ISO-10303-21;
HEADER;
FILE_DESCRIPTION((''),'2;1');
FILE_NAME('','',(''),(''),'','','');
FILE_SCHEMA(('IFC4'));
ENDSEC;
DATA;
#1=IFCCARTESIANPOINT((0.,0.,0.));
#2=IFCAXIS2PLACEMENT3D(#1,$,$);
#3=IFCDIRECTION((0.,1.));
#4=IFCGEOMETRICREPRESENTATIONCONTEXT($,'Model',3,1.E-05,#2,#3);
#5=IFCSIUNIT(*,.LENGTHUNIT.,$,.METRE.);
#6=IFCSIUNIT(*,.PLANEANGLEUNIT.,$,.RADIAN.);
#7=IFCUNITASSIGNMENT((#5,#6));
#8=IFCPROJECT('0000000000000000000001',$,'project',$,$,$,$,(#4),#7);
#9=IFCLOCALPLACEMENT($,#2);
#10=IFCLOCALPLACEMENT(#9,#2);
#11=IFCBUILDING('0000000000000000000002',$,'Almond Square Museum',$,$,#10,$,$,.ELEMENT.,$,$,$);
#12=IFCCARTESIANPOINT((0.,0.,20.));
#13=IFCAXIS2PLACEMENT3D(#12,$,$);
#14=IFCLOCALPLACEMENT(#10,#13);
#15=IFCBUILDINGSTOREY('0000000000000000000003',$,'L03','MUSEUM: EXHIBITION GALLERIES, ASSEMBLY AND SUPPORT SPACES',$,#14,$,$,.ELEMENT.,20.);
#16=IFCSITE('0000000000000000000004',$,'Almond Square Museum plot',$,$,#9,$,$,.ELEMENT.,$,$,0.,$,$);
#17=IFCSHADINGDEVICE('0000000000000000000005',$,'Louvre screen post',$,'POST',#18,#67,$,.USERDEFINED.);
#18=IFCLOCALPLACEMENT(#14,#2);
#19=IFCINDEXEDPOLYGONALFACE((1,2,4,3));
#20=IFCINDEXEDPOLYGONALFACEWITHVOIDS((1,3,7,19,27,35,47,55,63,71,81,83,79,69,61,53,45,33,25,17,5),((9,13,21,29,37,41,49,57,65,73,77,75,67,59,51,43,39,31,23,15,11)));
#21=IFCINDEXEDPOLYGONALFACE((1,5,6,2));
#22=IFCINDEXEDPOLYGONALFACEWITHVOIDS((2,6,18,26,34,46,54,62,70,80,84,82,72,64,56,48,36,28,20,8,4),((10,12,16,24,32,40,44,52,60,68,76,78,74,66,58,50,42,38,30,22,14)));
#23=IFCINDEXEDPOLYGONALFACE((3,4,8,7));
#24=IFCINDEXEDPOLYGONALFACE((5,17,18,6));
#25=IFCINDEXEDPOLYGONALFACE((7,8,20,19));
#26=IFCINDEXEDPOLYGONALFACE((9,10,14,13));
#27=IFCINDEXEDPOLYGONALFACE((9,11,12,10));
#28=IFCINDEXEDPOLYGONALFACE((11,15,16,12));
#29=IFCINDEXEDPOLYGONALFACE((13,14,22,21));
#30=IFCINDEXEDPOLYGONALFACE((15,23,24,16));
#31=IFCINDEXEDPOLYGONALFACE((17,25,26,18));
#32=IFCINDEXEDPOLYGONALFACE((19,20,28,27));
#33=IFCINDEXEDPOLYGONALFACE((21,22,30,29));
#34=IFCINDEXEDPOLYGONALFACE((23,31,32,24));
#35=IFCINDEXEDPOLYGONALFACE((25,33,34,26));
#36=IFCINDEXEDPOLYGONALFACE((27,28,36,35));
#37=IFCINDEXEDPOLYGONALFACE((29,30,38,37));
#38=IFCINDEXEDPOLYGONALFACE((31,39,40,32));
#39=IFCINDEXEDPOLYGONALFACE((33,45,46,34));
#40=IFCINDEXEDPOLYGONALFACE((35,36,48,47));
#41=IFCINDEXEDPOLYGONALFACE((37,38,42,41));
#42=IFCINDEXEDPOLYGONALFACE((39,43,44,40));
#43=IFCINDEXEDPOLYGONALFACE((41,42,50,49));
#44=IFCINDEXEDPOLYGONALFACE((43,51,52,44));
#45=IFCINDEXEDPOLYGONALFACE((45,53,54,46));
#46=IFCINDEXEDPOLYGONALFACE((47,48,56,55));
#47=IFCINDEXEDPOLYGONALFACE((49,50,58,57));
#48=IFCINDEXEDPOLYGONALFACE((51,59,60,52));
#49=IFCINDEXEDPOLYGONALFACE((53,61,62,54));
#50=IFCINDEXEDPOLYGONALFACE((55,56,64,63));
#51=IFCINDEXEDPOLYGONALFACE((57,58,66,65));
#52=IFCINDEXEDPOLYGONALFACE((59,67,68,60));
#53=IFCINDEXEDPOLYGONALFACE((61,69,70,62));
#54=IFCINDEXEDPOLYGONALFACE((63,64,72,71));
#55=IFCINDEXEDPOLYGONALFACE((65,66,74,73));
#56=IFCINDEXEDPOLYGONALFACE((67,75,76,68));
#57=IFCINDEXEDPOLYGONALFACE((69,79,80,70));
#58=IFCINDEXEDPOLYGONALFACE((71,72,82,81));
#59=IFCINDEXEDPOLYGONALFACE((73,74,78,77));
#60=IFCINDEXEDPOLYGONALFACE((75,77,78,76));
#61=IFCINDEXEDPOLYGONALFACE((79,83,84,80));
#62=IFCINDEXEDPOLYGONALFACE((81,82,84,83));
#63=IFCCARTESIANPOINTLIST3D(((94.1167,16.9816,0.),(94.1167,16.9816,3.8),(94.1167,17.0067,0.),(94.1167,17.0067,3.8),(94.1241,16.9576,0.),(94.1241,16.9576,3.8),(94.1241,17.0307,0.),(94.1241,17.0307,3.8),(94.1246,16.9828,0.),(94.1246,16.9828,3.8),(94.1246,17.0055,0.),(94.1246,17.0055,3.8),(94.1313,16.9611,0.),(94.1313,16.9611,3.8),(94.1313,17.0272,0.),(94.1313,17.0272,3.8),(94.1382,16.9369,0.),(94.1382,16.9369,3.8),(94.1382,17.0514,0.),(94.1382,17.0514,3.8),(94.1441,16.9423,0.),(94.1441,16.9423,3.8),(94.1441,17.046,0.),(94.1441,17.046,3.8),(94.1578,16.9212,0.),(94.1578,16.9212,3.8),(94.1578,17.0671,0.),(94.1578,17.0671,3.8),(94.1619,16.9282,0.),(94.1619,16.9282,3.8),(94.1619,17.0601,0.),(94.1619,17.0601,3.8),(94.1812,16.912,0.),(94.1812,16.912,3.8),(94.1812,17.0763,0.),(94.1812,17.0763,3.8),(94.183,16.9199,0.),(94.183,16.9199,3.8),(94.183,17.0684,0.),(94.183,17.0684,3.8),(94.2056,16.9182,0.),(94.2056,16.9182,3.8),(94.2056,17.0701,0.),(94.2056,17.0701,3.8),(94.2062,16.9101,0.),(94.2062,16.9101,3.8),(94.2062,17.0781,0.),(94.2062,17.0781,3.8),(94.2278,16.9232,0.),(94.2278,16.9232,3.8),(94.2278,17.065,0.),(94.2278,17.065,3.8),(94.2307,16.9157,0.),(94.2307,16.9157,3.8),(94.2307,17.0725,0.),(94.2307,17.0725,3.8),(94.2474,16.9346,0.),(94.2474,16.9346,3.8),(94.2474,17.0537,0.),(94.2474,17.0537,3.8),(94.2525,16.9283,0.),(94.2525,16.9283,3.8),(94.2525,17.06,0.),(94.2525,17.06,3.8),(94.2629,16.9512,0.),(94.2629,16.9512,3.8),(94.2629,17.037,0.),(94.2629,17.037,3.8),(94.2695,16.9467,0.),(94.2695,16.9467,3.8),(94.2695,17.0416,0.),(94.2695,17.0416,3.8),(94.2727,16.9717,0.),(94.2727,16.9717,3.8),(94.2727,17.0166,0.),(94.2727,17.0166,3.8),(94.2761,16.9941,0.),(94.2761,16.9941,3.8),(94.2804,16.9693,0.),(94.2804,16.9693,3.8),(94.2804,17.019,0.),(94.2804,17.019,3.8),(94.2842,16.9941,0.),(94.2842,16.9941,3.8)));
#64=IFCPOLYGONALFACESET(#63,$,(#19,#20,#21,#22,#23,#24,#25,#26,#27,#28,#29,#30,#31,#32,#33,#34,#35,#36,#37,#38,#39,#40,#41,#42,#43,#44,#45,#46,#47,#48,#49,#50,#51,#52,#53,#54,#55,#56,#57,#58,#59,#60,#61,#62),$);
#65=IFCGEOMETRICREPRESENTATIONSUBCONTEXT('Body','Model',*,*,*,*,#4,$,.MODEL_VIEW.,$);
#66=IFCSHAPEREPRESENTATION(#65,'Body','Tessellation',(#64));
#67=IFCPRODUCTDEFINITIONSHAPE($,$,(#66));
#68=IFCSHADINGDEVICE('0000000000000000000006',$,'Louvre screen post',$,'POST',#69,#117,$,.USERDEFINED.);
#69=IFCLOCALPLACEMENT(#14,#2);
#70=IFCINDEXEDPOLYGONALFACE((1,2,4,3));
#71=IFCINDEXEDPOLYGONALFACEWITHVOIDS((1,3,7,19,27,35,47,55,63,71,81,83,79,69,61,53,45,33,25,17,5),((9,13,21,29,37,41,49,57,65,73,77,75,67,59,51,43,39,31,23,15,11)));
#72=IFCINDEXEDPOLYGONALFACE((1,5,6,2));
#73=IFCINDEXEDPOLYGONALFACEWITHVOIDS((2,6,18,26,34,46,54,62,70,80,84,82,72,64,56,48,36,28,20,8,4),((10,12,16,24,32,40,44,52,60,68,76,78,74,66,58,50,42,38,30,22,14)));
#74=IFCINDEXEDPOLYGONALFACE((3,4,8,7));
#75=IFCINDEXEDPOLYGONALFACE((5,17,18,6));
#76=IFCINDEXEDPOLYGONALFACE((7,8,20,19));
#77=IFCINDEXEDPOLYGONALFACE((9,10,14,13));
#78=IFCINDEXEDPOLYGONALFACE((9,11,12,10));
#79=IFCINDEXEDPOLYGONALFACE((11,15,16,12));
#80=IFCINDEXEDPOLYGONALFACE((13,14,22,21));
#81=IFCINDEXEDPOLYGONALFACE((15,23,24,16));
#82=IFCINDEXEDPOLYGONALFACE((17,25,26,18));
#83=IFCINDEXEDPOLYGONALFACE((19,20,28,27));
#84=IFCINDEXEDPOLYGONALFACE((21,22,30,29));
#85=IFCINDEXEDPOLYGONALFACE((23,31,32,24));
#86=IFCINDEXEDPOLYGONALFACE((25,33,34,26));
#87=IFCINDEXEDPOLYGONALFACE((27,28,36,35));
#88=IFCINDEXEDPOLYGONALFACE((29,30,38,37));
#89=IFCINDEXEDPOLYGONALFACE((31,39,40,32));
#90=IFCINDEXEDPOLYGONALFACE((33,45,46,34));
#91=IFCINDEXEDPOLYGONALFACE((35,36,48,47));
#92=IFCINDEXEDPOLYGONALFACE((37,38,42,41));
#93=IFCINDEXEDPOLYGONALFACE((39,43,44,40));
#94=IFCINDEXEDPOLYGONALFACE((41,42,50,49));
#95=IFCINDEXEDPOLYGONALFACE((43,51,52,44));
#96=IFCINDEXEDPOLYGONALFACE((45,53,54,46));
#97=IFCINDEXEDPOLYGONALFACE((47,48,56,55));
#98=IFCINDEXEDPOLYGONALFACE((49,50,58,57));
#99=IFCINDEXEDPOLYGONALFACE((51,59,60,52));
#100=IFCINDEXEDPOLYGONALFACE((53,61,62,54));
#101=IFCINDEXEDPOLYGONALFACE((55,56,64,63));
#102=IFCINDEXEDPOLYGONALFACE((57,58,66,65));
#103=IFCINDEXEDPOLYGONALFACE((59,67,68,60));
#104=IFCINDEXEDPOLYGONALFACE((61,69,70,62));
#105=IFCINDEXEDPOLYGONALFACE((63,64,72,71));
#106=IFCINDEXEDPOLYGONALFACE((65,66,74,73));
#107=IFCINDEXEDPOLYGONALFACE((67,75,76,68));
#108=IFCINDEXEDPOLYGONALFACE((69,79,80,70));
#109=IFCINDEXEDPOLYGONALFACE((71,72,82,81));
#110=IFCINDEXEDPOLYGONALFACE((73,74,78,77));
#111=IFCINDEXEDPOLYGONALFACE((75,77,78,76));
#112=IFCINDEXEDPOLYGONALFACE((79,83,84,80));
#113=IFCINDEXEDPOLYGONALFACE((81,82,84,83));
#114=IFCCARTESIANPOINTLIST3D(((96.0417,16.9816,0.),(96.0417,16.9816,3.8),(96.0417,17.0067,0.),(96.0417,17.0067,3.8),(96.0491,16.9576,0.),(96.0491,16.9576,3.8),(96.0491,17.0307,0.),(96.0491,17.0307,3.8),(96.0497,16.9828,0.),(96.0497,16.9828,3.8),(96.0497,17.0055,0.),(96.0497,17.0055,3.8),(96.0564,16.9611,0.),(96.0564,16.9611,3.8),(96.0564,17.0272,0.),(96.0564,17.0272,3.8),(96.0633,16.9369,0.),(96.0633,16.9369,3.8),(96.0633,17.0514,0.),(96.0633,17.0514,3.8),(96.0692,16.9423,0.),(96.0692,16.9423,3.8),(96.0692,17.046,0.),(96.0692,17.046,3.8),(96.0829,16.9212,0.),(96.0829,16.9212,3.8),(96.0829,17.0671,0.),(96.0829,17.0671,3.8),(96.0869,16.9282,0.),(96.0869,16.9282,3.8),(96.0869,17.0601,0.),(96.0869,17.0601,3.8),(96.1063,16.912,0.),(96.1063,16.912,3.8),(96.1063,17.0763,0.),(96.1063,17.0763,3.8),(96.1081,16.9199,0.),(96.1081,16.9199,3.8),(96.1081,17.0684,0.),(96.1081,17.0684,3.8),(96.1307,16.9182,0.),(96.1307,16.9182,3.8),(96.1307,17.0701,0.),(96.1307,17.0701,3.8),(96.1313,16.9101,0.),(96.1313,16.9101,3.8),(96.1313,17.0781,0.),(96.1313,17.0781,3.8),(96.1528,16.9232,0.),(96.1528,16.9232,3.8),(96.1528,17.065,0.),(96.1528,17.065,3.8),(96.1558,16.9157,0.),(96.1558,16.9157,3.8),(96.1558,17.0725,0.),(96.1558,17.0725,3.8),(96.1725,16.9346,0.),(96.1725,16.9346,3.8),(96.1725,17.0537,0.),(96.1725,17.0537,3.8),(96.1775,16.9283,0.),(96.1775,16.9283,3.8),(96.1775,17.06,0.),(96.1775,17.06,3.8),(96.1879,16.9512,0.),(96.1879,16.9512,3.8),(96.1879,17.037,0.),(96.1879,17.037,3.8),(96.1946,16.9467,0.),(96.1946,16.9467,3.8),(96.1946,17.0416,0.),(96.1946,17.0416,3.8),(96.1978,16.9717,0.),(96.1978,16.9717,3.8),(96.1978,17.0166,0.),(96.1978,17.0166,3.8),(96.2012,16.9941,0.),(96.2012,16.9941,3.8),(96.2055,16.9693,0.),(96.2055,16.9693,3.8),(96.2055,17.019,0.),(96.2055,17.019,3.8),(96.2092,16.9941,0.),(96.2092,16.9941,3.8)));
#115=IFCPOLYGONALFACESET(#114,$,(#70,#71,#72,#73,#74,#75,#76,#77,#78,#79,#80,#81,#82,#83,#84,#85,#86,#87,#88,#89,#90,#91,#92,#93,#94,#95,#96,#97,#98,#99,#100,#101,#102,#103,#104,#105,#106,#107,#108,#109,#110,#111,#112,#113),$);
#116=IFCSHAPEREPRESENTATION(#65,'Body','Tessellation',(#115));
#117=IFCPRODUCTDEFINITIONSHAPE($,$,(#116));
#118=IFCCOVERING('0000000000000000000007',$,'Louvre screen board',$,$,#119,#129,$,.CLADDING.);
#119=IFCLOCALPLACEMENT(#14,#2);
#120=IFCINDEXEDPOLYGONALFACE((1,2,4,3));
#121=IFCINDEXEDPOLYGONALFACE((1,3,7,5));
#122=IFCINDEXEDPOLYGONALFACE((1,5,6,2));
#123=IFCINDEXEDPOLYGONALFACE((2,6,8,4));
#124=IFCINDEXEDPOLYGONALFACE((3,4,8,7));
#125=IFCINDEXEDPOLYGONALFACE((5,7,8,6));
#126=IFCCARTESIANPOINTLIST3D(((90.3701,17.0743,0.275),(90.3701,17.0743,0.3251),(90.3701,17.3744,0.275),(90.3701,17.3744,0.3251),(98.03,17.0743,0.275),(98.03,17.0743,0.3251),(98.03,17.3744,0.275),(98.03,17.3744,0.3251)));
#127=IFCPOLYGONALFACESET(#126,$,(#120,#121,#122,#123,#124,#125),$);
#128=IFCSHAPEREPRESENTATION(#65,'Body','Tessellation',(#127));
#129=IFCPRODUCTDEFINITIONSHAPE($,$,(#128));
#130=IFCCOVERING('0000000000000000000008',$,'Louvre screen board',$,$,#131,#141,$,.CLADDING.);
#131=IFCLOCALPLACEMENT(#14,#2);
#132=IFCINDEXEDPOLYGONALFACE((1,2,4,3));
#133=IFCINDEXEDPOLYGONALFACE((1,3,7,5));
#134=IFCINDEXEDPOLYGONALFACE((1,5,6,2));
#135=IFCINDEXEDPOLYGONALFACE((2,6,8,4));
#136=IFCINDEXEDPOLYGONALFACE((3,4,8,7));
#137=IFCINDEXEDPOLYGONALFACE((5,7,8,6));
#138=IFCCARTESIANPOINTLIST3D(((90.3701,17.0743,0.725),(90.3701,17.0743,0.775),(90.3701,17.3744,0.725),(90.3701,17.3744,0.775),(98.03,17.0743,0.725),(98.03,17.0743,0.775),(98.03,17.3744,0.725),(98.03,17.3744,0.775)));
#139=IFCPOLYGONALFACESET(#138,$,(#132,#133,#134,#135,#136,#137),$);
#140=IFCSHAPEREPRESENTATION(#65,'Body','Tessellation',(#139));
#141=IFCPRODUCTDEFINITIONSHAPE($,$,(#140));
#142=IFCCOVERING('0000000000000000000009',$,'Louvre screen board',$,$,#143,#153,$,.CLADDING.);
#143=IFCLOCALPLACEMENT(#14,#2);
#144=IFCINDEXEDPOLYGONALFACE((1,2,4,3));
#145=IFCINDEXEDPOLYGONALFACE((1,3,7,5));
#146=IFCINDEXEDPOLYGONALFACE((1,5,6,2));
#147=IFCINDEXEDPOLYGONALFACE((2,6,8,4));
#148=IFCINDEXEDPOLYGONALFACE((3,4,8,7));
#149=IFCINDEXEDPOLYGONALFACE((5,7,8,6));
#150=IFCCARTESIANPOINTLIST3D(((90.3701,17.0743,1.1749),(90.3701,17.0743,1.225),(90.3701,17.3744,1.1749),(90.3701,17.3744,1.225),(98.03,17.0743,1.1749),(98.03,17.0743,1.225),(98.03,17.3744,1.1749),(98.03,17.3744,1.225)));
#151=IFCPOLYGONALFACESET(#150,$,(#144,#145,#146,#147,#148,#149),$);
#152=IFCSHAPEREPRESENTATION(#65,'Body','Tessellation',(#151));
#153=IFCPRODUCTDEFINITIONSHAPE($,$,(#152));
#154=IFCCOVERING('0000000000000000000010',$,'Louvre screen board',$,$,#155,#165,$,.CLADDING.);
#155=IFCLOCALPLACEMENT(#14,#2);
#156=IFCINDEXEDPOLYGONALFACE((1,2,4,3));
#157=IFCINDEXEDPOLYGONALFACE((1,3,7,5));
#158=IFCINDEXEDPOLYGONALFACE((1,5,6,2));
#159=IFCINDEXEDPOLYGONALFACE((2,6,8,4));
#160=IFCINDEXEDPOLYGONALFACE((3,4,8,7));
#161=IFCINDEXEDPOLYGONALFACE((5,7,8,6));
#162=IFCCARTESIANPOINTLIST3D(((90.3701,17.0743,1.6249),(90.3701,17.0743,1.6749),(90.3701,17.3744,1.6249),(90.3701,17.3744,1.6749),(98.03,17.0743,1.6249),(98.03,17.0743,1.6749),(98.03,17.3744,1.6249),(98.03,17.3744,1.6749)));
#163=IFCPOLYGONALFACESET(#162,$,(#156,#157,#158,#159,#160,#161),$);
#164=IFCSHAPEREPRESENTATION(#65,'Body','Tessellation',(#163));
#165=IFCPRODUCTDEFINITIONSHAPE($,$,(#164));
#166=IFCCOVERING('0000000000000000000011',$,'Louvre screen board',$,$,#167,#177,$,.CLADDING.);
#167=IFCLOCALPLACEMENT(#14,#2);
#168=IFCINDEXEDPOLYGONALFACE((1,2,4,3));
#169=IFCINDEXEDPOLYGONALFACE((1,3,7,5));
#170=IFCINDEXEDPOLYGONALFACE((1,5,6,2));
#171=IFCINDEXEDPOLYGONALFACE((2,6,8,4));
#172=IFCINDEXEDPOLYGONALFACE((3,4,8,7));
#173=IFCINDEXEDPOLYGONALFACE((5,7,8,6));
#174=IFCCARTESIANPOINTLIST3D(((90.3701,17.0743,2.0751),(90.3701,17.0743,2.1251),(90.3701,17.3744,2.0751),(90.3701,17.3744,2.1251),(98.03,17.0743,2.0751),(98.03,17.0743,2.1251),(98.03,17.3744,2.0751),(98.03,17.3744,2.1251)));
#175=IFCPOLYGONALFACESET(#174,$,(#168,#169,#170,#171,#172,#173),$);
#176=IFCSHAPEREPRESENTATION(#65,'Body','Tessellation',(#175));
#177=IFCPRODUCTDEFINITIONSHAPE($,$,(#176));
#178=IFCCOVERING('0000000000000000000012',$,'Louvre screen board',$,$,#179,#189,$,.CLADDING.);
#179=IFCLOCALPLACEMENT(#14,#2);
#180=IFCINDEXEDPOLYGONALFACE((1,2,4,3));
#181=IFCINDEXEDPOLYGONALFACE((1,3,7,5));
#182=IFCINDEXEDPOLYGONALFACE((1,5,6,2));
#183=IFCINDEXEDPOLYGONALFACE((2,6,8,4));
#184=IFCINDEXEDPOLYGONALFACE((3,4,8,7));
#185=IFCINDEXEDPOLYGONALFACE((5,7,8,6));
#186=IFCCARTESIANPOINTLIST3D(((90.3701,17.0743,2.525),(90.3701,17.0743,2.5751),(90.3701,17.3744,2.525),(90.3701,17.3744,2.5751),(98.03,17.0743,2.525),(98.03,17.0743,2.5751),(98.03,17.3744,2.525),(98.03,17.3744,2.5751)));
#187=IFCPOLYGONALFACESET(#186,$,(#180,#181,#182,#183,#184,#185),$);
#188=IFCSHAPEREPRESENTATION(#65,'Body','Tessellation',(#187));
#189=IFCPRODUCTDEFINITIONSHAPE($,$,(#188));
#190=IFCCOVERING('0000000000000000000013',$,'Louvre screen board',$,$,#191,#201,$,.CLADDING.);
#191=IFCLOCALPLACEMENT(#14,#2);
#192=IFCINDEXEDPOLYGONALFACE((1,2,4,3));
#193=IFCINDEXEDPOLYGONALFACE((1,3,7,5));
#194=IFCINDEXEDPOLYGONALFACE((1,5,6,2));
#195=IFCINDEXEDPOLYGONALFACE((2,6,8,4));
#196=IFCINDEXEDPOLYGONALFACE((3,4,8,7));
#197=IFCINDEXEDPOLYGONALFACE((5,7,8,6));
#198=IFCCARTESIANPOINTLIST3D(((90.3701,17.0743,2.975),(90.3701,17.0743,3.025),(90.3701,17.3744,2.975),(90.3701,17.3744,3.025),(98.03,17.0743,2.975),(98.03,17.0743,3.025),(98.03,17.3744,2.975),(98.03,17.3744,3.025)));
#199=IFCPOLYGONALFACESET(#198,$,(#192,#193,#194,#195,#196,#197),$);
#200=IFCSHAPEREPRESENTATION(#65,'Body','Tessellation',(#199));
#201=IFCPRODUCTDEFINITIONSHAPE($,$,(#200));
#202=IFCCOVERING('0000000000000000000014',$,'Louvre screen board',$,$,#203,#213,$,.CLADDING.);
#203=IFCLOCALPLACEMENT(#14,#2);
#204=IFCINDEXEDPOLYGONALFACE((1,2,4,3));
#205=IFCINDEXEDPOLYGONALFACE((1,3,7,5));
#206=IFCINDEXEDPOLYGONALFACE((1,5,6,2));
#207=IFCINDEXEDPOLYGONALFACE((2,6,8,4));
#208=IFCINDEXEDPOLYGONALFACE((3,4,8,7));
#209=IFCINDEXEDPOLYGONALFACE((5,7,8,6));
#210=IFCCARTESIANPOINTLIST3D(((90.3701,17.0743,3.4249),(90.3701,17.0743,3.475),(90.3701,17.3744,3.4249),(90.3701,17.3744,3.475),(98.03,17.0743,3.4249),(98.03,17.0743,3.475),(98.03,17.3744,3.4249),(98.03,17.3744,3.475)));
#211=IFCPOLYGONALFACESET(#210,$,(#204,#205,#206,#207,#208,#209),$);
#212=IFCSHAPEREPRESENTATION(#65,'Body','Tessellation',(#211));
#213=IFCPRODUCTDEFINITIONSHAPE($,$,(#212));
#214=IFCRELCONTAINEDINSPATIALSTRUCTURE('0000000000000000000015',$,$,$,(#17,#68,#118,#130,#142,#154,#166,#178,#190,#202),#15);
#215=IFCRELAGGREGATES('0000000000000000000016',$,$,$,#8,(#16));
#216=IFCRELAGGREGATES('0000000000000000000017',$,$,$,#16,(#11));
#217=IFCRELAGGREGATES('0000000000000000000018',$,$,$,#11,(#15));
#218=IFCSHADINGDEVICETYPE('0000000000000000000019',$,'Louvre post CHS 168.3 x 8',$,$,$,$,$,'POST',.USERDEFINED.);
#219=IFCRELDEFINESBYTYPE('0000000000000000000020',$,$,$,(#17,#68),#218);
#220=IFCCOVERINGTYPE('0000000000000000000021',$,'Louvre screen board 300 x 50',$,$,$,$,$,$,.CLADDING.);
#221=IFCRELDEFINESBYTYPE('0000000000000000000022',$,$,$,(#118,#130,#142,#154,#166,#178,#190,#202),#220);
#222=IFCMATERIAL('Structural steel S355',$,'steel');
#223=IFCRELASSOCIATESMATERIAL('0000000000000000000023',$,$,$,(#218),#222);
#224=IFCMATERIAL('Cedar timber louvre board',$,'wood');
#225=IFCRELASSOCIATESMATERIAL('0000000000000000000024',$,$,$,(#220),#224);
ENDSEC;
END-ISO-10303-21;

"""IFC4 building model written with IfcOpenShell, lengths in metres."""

from ifc_helpers import new_model, si_unit, direction, frame, origin, origin_2d, place, context, subcontext, project, spatial, rectangle, hollow_circle, extrude, material, material_profile, profile_set, type_object, element, save


model = new_model("IFC4")

# Units and contexts
model_context = context("Model", 3, precision=1e-05, world=origin(), true_north=direction((0.0, 1.0)))
body_context = subcontext(model_context, "Body", "Model", "MODEL_VIEW")
ifc_project = project(units=[si_unit("LENGTHUNIT", "METRE"), si_unit("PLANEANGLEUNIT", "RADIAN")], contexts=[model_context])

# Site, building, storey
site_placement = place(None, origin())
site = spatial("IfcSite", under=ifc_project, at=site_placement, Name="Almond Square Museum plot", CompositionType="ELEMENT", RefElevation=0.0)
building_placement = place(site_placement, origin())
building = spatial("IfcBuilding", under=site, at=building_placement, Name="Almond Square Museum", CompositionType="ELEMENT")
storey_placement = place(building_placement, frame((0.0, 0.0, 20.0)))
storey = spatial("IfcBuildingStorey", under=building, at=storey_placement, Name="L03", Description="MUSEUM: EXHIBITION GALLERIES, ASSEMBLY AND SUPPORT SPACES", CompositionType="ELEMENT", Elevation=20.0)

# Shading devices
ifc_material_1 = material(Name="Structural steel S355", Category="steel")
ifc_material_profile_1 = material_profile(ifc_material_1, hollow_circle(Radius=0.0842, WallThickness=0.0081, at=origin_2d()))
ifc_profile_set_1 = profile_set([ifc_material_profile_1], Name="Structural steel S355")
shading_device_type = type_object("IfcShadingDeviceType", Name="Louvre post CHS 168.3 x 8", ElementType="POST", PredefinedType="USERDEFINED", material=ifc_profile_set_1)
for number, where, z_axis, x_axis, name in (
    (1, (94.2, 16.9941, 0.0), (0.0, 0.0, 1.0), (1.0, 0.0, 0.0), "Louvre screen post"),
    (2, (96.125, 16.9941, 0.0), (0.0, 0.0, 1.0), (1.0, 0.0, 0.0), "Louvre screen post"),
):
    element("IfcShadingDevice", number, at=place(storey_placement, frame(where, z_axis=z_axis, x_axis=x_axis)), inside=storey, type_object=shading_device_type, Name=name, ObjectType="POST", PredefinedType="USERDEFINED", context=body_context, shape_type="SweptSolid", body=[
        extrude(hollow_circle(Radius=0.0842, WallThickness=0.0081, at=origin_2d()), origin(), (0.0, 0.0, 1.0), 3.8),
    ])

# Coverings
ifc_material_2 = material(Name="Cedar timber louvre board", Category="wood")
ifc_material_profile_2 = material_profile(ifc_material_2, rectangle(XDim=0.3, YDim=0.05, at=origin_2d()))
ifc_profile_set_2 = profile_set([ifc_material_profile_2], Name="Cedar timber louvre board")
covering_type = type_object("IfcCoveringType", Name="Louvre screen board 300 x 50", PredefinedType="CLADDING", material=ifc_profile_set_2)
for number, where, z_axis, x_axis, name in (
    (3, (90.3701, 17.2244, 0.3), (1.0, 0.0, 0.0), (0.0, 1.0, 0.0), "Louvre screen board"),
    (4, (90.3701, 17.2244, 0.75), (1.0, 0.0, 0.0), (0.0, 1.0, 0.0), "Louvre screen board"),
    (5, (90.3701, 17.2244, 1.2), (1.0, 0.0, 0.0), (0.0, 1.0, 0.0), "Louvre screen board"),
    (6, (90.3701, 17.2244, 1.6499), (1.0, 0.0, 0.0), (0.0, 1.0, 0.0), "Louvre screen board"),
    (7, (90.3701, 17.2244, 2.1001), (1.0, 0.0, 0.0), (0.0, 1.0, 0.0), "Louvre screen board"),
    (8, (90.3701, 17.2244, 2.55), (1.0, 0.0, 0.0), (0.0, 1.0, 0.0), "Louvre screen board"),
    (9, (90.3701, 17.2244, 3.0), (1.0, 0.0, 0.0), (0.0, 1.0, 0.0), "Louvre screen board"),
    (10, (90.3701, 17.2244, 3.45), (1.0, 0.0, 0.0), (0.0, 1.0, 0.0), "Louvre screen board"),
):
    element("IfcCovering", number, at=place(storey_placement, frame(where, z_axis=z_axis, x_axis=x_axis)), inside=storey, type_object=covering_type, Name=name, PredefinedType="CLADDING", context=body_context, shape_type="SweptSolid", body=[
        extrude(rectangle(XDim=0.3, YDim=0.05, at=origin_2d()), origin(), (0.0, 0.0, 1.0), 7.6599),
    ])

save(model, "model.ifc")
